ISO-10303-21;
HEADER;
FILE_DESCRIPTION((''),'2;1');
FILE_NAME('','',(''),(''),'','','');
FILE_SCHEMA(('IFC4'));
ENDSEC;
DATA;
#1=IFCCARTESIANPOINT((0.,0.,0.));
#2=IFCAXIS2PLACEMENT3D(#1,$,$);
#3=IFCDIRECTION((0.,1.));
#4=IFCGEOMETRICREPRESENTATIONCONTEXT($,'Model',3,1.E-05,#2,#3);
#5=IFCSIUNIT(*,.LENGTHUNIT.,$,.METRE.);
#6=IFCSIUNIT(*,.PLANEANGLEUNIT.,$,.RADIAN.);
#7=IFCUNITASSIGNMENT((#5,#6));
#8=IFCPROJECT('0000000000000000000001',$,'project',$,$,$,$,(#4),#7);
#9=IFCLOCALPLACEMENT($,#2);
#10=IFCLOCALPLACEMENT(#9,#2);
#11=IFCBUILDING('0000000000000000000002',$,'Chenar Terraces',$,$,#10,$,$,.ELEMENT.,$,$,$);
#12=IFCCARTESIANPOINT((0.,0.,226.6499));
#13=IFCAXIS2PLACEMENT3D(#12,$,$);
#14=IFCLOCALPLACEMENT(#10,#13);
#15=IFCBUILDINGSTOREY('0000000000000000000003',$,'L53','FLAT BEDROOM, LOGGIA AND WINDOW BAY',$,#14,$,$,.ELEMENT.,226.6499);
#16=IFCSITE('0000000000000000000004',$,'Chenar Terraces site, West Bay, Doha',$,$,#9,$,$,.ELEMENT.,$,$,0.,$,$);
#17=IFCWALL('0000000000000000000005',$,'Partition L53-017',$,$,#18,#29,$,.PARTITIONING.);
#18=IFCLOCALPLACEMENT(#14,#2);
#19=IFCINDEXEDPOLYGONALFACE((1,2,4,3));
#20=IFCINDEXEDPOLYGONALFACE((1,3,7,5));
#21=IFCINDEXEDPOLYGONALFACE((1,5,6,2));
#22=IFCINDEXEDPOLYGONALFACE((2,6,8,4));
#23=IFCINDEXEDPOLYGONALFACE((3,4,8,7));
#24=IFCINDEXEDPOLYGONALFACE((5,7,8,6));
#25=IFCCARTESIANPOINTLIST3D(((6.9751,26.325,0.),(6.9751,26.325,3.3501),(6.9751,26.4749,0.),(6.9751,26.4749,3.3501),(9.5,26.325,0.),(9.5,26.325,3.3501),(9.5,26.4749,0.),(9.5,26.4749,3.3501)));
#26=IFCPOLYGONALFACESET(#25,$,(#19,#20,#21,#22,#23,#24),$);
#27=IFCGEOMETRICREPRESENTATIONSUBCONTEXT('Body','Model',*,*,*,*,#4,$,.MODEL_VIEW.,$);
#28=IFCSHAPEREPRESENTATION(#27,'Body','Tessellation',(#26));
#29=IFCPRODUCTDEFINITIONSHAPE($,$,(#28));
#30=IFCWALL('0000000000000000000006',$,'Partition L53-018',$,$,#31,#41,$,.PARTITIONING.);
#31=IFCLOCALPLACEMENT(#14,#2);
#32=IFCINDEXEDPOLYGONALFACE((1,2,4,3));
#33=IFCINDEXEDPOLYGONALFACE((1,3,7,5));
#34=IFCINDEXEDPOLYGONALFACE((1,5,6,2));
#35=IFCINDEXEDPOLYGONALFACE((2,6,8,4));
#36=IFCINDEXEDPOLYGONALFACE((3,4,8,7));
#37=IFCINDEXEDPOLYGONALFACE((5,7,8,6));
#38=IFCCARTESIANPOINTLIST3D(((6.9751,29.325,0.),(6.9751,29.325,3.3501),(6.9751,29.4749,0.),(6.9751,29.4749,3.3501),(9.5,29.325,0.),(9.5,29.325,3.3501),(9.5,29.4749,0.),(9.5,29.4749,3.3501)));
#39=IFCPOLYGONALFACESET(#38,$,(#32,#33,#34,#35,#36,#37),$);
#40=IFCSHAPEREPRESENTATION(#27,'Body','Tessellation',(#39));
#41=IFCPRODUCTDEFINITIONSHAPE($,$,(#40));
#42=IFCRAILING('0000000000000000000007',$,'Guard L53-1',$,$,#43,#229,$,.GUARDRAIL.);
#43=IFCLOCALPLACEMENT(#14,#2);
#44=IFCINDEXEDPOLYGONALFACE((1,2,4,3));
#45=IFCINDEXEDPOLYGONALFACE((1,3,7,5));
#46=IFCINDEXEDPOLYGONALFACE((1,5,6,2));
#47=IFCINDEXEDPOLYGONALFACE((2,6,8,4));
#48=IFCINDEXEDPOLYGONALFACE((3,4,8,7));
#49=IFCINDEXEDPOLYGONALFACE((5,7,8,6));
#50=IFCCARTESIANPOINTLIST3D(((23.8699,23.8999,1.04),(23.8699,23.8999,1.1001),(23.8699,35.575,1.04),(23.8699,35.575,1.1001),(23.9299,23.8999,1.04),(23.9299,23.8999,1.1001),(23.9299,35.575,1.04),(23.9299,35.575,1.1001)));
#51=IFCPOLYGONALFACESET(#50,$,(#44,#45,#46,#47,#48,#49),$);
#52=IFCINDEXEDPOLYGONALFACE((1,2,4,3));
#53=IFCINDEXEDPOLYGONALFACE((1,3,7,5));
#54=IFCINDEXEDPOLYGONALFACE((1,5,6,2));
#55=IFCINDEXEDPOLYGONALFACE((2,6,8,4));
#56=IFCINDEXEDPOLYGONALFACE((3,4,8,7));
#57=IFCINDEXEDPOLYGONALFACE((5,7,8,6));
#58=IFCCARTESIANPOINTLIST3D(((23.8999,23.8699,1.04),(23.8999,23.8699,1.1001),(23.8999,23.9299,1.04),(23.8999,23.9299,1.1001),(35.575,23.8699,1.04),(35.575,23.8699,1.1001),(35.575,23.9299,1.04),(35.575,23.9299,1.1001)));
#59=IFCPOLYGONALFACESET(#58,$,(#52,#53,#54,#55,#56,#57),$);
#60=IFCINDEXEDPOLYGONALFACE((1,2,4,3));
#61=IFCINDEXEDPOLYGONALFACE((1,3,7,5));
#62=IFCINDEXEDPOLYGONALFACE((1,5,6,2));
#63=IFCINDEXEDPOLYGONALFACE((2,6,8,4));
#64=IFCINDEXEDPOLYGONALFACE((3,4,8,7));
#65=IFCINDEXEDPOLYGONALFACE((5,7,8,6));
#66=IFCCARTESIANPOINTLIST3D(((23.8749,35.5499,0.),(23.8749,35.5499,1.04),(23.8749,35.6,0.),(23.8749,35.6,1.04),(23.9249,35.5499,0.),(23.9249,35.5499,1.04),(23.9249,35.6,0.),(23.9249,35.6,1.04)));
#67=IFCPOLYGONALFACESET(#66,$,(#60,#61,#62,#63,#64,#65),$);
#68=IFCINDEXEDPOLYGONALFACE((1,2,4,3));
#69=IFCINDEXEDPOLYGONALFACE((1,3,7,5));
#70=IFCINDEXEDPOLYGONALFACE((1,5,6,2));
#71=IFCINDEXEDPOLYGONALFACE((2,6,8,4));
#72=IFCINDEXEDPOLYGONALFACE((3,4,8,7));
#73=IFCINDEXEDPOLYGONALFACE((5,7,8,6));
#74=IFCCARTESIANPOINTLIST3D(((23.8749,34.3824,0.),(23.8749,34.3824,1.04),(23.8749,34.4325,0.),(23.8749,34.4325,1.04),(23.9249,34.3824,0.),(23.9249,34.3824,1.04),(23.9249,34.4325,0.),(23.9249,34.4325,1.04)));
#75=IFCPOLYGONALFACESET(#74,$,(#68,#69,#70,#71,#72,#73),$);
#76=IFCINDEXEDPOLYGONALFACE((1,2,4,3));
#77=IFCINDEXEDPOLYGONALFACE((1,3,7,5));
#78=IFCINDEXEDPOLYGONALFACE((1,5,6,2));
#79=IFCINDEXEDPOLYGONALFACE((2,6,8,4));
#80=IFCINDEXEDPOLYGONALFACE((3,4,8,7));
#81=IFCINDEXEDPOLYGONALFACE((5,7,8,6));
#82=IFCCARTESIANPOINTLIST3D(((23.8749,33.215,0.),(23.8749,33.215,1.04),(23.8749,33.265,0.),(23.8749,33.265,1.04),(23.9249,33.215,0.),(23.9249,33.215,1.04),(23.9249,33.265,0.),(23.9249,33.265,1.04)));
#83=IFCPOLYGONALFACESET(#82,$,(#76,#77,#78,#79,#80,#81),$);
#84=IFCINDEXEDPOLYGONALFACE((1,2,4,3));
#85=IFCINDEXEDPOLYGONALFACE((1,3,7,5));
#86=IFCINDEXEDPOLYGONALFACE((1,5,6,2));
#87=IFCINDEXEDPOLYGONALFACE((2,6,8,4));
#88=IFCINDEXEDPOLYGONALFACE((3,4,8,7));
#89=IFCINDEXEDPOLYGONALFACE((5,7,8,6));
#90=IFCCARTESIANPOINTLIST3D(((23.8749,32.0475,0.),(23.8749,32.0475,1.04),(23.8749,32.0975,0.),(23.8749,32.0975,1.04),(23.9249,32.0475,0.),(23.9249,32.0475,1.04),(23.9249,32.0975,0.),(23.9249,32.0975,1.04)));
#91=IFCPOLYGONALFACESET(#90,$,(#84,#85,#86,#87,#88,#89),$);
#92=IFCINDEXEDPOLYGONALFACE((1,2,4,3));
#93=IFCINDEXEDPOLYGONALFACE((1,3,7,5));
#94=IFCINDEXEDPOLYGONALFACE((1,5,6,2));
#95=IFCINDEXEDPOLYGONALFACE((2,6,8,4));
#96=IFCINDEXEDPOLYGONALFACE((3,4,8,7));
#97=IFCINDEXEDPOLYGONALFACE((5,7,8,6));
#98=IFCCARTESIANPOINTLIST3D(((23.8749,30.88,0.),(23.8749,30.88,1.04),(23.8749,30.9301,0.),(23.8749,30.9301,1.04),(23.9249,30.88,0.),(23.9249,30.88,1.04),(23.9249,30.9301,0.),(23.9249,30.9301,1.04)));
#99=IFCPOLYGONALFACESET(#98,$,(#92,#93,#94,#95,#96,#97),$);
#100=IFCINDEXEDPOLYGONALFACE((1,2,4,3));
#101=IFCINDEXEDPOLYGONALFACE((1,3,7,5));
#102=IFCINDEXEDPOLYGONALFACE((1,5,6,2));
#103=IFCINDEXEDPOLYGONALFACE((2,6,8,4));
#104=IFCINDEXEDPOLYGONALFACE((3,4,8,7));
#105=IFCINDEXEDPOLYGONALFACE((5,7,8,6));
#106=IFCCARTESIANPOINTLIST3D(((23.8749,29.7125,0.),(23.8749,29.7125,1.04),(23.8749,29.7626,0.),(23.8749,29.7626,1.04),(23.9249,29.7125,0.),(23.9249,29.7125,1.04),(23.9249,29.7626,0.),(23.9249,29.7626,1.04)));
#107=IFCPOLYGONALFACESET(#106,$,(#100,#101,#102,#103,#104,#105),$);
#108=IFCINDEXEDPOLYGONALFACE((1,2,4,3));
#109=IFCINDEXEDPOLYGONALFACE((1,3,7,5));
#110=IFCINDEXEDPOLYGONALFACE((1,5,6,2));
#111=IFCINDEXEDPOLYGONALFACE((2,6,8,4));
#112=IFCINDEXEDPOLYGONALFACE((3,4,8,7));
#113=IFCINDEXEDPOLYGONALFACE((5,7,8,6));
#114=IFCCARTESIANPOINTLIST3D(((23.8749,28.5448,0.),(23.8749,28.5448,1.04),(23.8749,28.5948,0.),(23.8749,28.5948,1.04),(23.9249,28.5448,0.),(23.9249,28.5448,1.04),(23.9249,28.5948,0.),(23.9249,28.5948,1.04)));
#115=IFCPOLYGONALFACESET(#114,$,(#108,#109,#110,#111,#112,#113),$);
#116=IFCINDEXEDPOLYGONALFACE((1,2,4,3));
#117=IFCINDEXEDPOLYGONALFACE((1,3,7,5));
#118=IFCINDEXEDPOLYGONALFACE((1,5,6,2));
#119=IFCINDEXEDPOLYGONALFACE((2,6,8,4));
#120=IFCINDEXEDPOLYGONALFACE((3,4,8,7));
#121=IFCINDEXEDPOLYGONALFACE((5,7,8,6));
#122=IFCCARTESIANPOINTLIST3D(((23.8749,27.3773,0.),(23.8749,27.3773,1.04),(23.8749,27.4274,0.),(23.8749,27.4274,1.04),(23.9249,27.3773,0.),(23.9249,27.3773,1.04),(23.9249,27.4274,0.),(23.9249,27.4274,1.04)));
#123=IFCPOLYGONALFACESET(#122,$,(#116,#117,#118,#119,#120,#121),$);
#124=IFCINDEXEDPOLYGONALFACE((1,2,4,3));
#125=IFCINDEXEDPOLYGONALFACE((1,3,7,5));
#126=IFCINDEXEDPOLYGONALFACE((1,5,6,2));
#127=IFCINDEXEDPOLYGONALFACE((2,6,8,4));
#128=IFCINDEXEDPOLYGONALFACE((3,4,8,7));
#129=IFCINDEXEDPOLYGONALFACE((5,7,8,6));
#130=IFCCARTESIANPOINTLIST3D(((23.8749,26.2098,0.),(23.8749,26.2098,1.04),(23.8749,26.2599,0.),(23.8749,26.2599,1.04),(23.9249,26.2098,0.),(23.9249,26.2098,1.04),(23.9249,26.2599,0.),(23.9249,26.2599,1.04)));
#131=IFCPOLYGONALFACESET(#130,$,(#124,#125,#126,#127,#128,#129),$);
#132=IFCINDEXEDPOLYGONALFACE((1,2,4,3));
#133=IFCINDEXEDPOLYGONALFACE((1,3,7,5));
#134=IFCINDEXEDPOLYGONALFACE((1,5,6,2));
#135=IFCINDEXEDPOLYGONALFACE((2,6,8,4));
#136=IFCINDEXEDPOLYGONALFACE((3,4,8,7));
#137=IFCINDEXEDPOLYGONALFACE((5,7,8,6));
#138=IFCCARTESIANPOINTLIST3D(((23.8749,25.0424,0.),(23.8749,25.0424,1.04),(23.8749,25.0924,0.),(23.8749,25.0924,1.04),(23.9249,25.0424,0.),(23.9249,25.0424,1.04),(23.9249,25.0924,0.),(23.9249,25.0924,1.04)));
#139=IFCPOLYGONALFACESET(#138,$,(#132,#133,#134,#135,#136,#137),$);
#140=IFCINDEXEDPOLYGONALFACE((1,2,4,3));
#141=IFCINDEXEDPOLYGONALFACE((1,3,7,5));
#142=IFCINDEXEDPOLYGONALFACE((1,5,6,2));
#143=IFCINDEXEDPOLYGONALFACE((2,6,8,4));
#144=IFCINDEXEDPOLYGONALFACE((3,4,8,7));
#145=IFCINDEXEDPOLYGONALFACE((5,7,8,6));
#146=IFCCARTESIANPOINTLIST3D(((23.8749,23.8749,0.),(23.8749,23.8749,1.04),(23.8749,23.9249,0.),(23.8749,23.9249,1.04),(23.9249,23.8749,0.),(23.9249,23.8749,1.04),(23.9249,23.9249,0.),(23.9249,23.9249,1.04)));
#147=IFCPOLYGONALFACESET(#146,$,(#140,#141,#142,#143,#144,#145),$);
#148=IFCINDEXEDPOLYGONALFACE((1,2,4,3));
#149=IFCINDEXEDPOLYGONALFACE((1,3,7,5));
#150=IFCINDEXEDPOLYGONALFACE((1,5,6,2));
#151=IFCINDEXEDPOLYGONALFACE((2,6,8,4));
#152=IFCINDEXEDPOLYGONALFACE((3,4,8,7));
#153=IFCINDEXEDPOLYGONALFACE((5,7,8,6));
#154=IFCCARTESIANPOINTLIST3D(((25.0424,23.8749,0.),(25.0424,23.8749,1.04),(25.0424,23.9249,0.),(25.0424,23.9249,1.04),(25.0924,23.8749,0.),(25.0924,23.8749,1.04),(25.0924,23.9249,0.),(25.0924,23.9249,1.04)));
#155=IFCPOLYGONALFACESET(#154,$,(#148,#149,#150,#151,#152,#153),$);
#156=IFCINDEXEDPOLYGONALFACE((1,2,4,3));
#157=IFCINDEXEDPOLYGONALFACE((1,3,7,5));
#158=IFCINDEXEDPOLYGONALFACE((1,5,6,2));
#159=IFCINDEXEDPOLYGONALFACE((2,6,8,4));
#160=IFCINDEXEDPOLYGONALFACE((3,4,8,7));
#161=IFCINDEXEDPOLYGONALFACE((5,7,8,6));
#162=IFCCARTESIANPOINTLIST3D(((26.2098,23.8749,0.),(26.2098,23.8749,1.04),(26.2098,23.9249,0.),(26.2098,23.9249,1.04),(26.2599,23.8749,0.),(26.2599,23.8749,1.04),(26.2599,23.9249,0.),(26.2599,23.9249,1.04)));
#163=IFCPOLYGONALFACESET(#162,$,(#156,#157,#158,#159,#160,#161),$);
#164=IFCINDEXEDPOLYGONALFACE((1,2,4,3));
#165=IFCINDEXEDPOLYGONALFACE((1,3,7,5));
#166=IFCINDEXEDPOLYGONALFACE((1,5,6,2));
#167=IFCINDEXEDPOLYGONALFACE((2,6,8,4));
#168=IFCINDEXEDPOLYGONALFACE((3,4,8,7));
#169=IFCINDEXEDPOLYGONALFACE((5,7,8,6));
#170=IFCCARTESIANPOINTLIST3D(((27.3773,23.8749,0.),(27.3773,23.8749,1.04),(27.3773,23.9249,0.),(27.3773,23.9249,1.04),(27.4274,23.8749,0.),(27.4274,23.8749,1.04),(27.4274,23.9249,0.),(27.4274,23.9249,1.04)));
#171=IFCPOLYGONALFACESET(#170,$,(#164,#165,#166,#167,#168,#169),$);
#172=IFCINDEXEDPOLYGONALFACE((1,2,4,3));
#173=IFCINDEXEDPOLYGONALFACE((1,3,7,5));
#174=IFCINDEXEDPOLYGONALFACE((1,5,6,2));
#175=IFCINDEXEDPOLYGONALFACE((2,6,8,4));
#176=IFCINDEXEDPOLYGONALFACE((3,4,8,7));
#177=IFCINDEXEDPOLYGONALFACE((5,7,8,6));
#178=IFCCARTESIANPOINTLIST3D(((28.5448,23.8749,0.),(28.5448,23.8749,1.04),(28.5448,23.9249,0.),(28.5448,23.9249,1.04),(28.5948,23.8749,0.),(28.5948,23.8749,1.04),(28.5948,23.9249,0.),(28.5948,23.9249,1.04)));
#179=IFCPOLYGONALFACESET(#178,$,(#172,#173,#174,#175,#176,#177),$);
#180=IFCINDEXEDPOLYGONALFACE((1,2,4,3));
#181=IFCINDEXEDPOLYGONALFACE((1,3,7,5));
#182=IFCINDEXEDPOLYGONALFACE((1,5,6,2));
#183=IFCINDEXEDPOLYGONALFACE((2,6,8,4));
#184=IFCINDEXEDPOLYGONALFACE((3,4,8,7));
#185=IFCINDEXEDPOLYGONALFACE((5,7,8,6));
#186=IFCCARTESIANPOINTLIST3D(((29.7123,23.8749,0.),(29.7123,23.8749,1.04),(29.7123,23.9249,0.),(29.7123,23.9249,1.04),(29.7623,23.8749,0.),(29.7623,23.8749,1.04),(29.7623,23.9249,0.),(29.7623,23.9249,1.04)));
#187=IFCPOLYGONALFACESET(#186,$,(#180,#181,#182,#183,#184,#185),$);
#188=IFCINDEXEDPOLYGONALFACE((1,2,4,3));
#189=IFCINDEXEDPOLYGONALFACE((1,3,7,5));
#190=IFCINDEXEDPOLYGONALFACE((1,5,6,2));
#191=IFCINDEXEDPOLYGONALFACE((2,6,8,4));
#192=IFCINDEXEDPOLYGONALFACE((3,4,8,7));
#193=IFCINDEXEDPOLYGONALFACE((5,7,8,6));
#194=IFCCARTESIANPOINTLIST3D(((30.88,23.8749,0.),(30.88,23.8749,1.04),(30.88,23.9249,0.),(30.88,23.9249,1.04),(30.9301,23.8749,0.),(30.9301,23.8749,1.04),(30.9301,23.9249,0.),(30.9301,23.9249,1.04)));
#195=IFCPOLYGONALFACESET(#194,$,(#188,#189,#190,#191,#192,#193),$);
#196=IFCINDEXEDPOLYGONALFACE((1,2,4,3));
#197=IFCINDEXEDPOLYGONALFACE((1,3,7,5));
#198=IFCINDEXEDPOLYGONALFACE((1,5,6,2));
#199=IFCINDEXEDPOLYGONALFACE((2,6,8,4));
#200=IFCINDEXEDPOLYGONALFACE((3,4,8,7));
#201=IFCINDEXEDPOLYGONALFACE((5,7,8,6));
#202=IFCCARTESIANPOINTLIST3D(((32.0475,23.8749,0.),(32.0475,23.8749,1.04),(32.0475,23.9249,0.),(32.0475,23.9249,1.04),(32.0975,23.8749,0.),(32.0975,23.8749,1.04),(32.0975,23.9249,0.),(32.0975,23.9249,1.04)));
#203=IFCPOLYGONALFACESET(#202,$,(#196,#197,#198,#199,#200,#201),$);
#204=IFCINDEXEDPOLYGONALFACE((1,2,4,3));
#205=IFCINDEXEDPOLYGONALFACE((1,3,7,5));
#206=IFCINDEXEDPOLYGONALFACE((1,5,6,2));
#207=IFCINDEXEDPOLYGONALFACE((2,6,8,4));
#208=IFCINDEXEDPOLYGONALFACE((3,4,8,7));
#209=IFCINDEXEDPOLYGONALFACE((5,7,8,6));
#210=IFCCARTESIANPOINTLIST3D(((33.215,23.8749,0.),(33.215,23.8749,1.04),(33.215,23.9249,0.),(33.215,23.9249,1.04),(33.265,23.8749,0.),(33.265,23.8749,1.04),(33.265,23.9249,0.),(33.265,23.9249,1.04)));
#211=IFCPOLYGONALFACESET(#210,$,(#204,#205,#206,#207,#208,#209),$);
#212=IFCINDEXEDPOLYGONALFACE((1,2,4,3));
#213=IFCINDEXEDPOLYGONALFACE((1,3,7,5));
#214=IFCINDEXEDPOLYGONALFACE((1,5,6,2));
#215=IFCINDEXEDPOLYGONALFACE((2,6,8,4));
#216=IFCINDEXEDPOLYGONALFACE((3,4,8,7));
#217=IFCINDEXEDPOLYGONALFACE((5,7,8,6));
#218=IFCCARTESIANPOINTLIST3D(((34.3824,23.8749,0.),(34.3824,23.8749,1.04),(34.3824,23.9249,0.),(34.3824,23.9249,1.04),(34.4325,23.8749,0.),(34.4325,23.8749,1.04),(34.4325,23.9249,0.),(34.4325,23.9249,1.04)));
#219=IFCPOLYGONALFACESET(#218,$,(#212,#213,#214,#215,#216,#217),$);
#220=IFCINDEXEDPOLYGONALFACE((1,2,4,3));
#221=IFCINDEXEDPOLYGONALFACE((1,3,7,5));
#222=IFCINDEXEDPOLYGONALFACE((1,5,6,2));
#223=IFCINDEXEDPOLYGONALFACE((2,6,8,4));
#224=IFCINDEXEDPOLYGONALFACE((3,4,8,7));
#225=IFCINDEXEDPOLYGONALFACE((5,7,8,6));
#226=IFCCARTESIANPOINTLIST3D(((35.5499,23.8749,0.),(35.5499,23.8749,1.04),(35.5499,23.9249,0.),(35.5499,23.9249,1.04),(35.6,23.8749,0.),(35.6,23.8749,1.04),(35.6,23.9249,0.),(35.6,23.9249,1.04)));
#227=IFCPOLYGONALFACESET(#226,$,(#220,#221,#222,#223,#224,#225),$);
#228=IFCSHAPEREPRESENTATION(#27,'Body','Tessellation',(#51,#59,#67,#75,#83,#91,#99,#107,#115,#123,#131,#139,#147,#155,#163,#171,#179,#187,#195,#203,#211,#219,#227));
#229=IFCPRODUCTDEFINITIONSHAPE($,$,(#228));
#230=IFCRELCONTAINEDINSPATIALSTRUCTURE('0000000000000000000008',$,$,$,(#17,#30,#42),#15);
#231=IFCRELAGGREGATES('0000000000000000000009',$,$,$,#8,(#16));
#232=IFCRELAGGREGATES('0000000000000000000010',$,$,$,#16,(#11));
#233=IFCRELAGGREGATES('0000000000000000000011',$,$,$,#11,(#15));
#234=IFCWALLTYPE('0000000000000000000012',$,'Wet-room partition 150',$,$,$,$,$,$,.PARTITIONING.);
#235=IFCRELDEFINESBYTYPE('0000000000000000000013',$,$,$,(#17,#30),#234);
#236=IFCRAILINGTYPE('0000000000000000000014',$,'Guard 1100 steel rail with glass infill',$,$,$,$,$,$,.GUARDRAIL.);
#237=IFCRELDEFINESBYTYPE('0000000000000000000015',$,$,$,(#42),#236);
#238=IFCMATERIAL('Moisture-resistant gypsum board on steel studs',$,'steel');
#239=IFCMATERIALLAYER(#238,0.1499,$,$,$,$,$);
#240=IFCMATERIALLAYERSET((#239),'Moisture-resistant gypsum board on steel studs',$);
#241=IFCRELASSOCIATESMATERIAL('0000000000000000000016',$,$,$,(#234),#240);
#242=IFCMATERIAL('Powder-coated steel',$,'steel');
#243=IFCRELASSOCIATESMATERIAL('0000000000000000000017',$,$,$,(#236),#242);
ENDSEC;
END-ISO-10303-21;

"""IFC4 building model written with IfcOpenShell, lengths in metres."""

from ifc_helpers import new_model, si_unit, direction, frame, frame_2d, origin, origin_2d, place, context, subcontext, project, spatial, rectangle, extrude, material, layer, layer_set, type_object, element, save


model = new_model("IFC4")

# Units and contexts
model_context = context("Model", 3, precision=1e-05, world=origin(), true_north=direction((0.0, 1.0)))
body_context = subcontext(model_context, "Body", "Model", "MODEL_VIEW")
ifc_project = project(units=[si_unit("LENGTHUNIT", "METRE"), si_unit("PLANEANGLEUNIT", "RADIAN")], contexts=[model_context])

# Site, building, storey
site_placement = place(None, origin())
site = spatial("IfcSite", under=ifc_project, at=site_placement, Name="Chenar Terraces site, West Bay, Doha", CompositionType="ELEMENT", RefElevation=0.0)
building_placement = place(site_placement, origin())
building = spatial("IfcBuilding", under=site, at=building_placement, Name="Chenar Terraces", CompositionType="ELEMENT")
storey_placement = place(building_placement, frame((0.0, 0.0, 226.6499)))
storey = spatial("IfcBuildingStorey", under=building, at=storey_placement, Name="L53", Description="FLAT BEDROOM, LOGGIA AND WINDOW BAY", CompositionType="ELEMENT", Elevation=226.6499)

# Walls
ifc_material_1 = material(Name="Moisture-resistant gypsum board on steel studs", Category="steel")
ifc_layer_1 = layer(ifc_material_1, 0.1499)
ifc_layer_set_1 = layer_set([ifc_layer_1], Name="Moisture-resistant gypsum board on steel studs")
wall_type_1 = type_object("IfcWallType", Name="Wet-room partition 150", PredefinedType="PARTITIONING", material=ifc_layer_set_1)
for number, where, z_axis, x_axis, name in (
    (1, (6.9751, 26.3999, 0.0), (0.0, 0.0, 1.0), (1.0, 0.0, 0.0), "Partition L53-017"),
    (2, (6.9751, 29.3999, 0.0), (0.0, 0.0, 1.0), (1.0, 0.0, 0.0), "Partition L53-018"),
):
    element("IfcWall", number, at=place(storey_placement, frame(where, z_axis=z_axis, x_axis=x_axis)), inside=storey, type_object=wall_type_1, Name=name, PredefinedType="PARTITIONING", context=body_context, shape_type="SweptSolid", body=[
        extrude(rectangle(XDim=2.5249, YDim=0.1499, at=frame_2d((1.2625, 0.0))), origin(), (0.0, 0.0, 1.0), 3.3501),
    ])

# Railing
ifc_material_2 = material(Name="Powder-coated steel", Category="steel")
railing_type = type_object("IfcRailingType", Name="Guard 1100 steel rail with glass infill", PredefinedType="GUARDRAIL", material=ifc_material_2)
railing_placement = place(storey_placement, frame((23.8999, 35.575, 0.0)))
element("IfcRailing", 3, at=railing_placement, inside=storey, type_object=railing_type, Name="Guard L53-1", PredefinedType="GUARDRAIL", context=body_context, shape_type="SweptSolid", body=[
    extrude(rectangle(XDim=0.0601, YDim=0.0601, at=origin_2d()), frame((0.0, 0.0, 1.0701), z_axis=(0.0, -1.0, 0.0), x_axis=(1.0, 0.0, 0.0)), (0.0, 0.0, 1.0), 11.675),
    extrude(rectangle(XDim=0.0601, YDim=0.0601, at=origin_2d()), frame((0.0, -11.675, 1.0701), z_axis=(1.0, 0.0, 0.0), x_axis=(0.0, 1.0, 0.0)), (0.0, 0.0, 1.0), 11.675),
    extrude(rectangle(XDim=0.05, YDim=0.05, at=origin_2d()), origin(), (0.0, 0.0, 1.0), 1.04),
    extrude(rectangle(XDim=0.05, YDim=0.05, at=origin_2d()), frame((0.0, -1.1675, 0.0)), (0.0, 0.0, 1.0), 1.04),
    extrude(rectangle(XDim=0.05, YDim=0.05, at=origin_2d()), frame((0.0, -2.335, 0.0)), (0.0, 0.0, 1.0), 1.04),
    extrude(rectangle(XDim=0.05, YDim=0.05, at=origin_2d()), frame((0.0, -3.5024, 0.0)), (0.0, 0.0, 1.0), 1.04),
    extrude(rectangle(XDim=0.05, YDim=0.05, at=origin_2d()), frame((0.0, -4.6699, 0.0)), (0.0, 0.0, 1.0), 1.04),
    extrude(rectangle(XDim=0.05, YDim=0.05, at=origin_2d()), frame((0.0, -5.8374, 0.0)), (0.0, 0.0, 1.0), 1.04),
    extrude(rectangle(XDim=0.05, YDim=0.05, at=origin_2d()), frame((0.0, -7.0051, 0.0)), (0.0, 0.0, 1.0), 1.04),
    extrude(rectangle(XDim=0.05, YDim=0.05, at=origin_2d()), frame((0.0, -8.1726, 0.0)), (0.0, 0.0, 1.0), 1.04),
    extrude(rectangle(XDim=0.05, YDim=0.05, at=origin_2d()), frame((0.0, -9.3401, 0.0)), (0.0, 0.0, 1.0), 1.04),
    extrude(rectangle(XDim=0.05, YDim=0.05, at=origin_2d()), frame((0.0, -10.5076, 0.0)), (0.0, 0.0, 1.0), 1.04),
    extrude(rectangle(XDim=0.05, YDim=0.05, at=origin_2d()), frame((0.0, -11.675, 0.0)), (0.0, 0.0, 1.0), 1.04),
    extrude(rectangle(XDim=0.05, YDim=0.05, at=origin_2d()), frame((1.1675, -11.675, 0.0)), (0.0, 0.0, 1.0), 1.04),
    extrude(rectangle(XDim=0.05, YDim=0.05, at=origin_2d()), frame((2.335, -11.675, 0.0)), (0.0, 0.0, 1.0), 1.04),
    extrude(rectangle(XDim=0.05, YDim=0.05, at=origin_2d()), frame((3.5024, -11.675, 0.0)), (0.0, 0.0, 1.0), 1.04),
    extrude(rectangle(XDim=0.05, YDim=0.05, at=origin_2d()), frame((4.6699, -11.675, 0.0)), (0.0, 0.0, 1.0), 1.04),
    extrude(rectangle(XDim=0.05, YDim=0.05, at=origin_2d()), frame((5.8374, -11.675, 0.0)), (0.0, 0.0, 1.0), 1.04),
    extrude(rectangle(XDim=0.05, YDim=0.05, at=origin_2d()), frame((7.0051, -11.675, 0.0)), (0.0, 0.0, 1.0), 1.04),
    extrude(rectangle(XDim=0.05, YDim=0.05, at=origin_2d()), frame((8.1726, -11.675, 0.0)), (0.0, 0.0, 1.0), 1.04),
    extrude(rectangle(XDim=0.05, YDim=0.05, at=origin_2d()), frame((9.3401, -11.675, 0.0)), (0.0, 0.0, 1.0), 1.04),
    extrude(rectangle(XDim=0.05, YDim=0.05, at=origin_2d()), frame((10.5076, -11.675, 0.0)), (0.0, 0.0, 1.0), 1.04),
    extrude(rectangle(XDim=0.05, YDim=0.05, at=origin_2d()), frame((11.675, -11.675, 0.0)), (0.0, 0.0, 1.0), 1.04),
])

save(model, "model.ifc")
